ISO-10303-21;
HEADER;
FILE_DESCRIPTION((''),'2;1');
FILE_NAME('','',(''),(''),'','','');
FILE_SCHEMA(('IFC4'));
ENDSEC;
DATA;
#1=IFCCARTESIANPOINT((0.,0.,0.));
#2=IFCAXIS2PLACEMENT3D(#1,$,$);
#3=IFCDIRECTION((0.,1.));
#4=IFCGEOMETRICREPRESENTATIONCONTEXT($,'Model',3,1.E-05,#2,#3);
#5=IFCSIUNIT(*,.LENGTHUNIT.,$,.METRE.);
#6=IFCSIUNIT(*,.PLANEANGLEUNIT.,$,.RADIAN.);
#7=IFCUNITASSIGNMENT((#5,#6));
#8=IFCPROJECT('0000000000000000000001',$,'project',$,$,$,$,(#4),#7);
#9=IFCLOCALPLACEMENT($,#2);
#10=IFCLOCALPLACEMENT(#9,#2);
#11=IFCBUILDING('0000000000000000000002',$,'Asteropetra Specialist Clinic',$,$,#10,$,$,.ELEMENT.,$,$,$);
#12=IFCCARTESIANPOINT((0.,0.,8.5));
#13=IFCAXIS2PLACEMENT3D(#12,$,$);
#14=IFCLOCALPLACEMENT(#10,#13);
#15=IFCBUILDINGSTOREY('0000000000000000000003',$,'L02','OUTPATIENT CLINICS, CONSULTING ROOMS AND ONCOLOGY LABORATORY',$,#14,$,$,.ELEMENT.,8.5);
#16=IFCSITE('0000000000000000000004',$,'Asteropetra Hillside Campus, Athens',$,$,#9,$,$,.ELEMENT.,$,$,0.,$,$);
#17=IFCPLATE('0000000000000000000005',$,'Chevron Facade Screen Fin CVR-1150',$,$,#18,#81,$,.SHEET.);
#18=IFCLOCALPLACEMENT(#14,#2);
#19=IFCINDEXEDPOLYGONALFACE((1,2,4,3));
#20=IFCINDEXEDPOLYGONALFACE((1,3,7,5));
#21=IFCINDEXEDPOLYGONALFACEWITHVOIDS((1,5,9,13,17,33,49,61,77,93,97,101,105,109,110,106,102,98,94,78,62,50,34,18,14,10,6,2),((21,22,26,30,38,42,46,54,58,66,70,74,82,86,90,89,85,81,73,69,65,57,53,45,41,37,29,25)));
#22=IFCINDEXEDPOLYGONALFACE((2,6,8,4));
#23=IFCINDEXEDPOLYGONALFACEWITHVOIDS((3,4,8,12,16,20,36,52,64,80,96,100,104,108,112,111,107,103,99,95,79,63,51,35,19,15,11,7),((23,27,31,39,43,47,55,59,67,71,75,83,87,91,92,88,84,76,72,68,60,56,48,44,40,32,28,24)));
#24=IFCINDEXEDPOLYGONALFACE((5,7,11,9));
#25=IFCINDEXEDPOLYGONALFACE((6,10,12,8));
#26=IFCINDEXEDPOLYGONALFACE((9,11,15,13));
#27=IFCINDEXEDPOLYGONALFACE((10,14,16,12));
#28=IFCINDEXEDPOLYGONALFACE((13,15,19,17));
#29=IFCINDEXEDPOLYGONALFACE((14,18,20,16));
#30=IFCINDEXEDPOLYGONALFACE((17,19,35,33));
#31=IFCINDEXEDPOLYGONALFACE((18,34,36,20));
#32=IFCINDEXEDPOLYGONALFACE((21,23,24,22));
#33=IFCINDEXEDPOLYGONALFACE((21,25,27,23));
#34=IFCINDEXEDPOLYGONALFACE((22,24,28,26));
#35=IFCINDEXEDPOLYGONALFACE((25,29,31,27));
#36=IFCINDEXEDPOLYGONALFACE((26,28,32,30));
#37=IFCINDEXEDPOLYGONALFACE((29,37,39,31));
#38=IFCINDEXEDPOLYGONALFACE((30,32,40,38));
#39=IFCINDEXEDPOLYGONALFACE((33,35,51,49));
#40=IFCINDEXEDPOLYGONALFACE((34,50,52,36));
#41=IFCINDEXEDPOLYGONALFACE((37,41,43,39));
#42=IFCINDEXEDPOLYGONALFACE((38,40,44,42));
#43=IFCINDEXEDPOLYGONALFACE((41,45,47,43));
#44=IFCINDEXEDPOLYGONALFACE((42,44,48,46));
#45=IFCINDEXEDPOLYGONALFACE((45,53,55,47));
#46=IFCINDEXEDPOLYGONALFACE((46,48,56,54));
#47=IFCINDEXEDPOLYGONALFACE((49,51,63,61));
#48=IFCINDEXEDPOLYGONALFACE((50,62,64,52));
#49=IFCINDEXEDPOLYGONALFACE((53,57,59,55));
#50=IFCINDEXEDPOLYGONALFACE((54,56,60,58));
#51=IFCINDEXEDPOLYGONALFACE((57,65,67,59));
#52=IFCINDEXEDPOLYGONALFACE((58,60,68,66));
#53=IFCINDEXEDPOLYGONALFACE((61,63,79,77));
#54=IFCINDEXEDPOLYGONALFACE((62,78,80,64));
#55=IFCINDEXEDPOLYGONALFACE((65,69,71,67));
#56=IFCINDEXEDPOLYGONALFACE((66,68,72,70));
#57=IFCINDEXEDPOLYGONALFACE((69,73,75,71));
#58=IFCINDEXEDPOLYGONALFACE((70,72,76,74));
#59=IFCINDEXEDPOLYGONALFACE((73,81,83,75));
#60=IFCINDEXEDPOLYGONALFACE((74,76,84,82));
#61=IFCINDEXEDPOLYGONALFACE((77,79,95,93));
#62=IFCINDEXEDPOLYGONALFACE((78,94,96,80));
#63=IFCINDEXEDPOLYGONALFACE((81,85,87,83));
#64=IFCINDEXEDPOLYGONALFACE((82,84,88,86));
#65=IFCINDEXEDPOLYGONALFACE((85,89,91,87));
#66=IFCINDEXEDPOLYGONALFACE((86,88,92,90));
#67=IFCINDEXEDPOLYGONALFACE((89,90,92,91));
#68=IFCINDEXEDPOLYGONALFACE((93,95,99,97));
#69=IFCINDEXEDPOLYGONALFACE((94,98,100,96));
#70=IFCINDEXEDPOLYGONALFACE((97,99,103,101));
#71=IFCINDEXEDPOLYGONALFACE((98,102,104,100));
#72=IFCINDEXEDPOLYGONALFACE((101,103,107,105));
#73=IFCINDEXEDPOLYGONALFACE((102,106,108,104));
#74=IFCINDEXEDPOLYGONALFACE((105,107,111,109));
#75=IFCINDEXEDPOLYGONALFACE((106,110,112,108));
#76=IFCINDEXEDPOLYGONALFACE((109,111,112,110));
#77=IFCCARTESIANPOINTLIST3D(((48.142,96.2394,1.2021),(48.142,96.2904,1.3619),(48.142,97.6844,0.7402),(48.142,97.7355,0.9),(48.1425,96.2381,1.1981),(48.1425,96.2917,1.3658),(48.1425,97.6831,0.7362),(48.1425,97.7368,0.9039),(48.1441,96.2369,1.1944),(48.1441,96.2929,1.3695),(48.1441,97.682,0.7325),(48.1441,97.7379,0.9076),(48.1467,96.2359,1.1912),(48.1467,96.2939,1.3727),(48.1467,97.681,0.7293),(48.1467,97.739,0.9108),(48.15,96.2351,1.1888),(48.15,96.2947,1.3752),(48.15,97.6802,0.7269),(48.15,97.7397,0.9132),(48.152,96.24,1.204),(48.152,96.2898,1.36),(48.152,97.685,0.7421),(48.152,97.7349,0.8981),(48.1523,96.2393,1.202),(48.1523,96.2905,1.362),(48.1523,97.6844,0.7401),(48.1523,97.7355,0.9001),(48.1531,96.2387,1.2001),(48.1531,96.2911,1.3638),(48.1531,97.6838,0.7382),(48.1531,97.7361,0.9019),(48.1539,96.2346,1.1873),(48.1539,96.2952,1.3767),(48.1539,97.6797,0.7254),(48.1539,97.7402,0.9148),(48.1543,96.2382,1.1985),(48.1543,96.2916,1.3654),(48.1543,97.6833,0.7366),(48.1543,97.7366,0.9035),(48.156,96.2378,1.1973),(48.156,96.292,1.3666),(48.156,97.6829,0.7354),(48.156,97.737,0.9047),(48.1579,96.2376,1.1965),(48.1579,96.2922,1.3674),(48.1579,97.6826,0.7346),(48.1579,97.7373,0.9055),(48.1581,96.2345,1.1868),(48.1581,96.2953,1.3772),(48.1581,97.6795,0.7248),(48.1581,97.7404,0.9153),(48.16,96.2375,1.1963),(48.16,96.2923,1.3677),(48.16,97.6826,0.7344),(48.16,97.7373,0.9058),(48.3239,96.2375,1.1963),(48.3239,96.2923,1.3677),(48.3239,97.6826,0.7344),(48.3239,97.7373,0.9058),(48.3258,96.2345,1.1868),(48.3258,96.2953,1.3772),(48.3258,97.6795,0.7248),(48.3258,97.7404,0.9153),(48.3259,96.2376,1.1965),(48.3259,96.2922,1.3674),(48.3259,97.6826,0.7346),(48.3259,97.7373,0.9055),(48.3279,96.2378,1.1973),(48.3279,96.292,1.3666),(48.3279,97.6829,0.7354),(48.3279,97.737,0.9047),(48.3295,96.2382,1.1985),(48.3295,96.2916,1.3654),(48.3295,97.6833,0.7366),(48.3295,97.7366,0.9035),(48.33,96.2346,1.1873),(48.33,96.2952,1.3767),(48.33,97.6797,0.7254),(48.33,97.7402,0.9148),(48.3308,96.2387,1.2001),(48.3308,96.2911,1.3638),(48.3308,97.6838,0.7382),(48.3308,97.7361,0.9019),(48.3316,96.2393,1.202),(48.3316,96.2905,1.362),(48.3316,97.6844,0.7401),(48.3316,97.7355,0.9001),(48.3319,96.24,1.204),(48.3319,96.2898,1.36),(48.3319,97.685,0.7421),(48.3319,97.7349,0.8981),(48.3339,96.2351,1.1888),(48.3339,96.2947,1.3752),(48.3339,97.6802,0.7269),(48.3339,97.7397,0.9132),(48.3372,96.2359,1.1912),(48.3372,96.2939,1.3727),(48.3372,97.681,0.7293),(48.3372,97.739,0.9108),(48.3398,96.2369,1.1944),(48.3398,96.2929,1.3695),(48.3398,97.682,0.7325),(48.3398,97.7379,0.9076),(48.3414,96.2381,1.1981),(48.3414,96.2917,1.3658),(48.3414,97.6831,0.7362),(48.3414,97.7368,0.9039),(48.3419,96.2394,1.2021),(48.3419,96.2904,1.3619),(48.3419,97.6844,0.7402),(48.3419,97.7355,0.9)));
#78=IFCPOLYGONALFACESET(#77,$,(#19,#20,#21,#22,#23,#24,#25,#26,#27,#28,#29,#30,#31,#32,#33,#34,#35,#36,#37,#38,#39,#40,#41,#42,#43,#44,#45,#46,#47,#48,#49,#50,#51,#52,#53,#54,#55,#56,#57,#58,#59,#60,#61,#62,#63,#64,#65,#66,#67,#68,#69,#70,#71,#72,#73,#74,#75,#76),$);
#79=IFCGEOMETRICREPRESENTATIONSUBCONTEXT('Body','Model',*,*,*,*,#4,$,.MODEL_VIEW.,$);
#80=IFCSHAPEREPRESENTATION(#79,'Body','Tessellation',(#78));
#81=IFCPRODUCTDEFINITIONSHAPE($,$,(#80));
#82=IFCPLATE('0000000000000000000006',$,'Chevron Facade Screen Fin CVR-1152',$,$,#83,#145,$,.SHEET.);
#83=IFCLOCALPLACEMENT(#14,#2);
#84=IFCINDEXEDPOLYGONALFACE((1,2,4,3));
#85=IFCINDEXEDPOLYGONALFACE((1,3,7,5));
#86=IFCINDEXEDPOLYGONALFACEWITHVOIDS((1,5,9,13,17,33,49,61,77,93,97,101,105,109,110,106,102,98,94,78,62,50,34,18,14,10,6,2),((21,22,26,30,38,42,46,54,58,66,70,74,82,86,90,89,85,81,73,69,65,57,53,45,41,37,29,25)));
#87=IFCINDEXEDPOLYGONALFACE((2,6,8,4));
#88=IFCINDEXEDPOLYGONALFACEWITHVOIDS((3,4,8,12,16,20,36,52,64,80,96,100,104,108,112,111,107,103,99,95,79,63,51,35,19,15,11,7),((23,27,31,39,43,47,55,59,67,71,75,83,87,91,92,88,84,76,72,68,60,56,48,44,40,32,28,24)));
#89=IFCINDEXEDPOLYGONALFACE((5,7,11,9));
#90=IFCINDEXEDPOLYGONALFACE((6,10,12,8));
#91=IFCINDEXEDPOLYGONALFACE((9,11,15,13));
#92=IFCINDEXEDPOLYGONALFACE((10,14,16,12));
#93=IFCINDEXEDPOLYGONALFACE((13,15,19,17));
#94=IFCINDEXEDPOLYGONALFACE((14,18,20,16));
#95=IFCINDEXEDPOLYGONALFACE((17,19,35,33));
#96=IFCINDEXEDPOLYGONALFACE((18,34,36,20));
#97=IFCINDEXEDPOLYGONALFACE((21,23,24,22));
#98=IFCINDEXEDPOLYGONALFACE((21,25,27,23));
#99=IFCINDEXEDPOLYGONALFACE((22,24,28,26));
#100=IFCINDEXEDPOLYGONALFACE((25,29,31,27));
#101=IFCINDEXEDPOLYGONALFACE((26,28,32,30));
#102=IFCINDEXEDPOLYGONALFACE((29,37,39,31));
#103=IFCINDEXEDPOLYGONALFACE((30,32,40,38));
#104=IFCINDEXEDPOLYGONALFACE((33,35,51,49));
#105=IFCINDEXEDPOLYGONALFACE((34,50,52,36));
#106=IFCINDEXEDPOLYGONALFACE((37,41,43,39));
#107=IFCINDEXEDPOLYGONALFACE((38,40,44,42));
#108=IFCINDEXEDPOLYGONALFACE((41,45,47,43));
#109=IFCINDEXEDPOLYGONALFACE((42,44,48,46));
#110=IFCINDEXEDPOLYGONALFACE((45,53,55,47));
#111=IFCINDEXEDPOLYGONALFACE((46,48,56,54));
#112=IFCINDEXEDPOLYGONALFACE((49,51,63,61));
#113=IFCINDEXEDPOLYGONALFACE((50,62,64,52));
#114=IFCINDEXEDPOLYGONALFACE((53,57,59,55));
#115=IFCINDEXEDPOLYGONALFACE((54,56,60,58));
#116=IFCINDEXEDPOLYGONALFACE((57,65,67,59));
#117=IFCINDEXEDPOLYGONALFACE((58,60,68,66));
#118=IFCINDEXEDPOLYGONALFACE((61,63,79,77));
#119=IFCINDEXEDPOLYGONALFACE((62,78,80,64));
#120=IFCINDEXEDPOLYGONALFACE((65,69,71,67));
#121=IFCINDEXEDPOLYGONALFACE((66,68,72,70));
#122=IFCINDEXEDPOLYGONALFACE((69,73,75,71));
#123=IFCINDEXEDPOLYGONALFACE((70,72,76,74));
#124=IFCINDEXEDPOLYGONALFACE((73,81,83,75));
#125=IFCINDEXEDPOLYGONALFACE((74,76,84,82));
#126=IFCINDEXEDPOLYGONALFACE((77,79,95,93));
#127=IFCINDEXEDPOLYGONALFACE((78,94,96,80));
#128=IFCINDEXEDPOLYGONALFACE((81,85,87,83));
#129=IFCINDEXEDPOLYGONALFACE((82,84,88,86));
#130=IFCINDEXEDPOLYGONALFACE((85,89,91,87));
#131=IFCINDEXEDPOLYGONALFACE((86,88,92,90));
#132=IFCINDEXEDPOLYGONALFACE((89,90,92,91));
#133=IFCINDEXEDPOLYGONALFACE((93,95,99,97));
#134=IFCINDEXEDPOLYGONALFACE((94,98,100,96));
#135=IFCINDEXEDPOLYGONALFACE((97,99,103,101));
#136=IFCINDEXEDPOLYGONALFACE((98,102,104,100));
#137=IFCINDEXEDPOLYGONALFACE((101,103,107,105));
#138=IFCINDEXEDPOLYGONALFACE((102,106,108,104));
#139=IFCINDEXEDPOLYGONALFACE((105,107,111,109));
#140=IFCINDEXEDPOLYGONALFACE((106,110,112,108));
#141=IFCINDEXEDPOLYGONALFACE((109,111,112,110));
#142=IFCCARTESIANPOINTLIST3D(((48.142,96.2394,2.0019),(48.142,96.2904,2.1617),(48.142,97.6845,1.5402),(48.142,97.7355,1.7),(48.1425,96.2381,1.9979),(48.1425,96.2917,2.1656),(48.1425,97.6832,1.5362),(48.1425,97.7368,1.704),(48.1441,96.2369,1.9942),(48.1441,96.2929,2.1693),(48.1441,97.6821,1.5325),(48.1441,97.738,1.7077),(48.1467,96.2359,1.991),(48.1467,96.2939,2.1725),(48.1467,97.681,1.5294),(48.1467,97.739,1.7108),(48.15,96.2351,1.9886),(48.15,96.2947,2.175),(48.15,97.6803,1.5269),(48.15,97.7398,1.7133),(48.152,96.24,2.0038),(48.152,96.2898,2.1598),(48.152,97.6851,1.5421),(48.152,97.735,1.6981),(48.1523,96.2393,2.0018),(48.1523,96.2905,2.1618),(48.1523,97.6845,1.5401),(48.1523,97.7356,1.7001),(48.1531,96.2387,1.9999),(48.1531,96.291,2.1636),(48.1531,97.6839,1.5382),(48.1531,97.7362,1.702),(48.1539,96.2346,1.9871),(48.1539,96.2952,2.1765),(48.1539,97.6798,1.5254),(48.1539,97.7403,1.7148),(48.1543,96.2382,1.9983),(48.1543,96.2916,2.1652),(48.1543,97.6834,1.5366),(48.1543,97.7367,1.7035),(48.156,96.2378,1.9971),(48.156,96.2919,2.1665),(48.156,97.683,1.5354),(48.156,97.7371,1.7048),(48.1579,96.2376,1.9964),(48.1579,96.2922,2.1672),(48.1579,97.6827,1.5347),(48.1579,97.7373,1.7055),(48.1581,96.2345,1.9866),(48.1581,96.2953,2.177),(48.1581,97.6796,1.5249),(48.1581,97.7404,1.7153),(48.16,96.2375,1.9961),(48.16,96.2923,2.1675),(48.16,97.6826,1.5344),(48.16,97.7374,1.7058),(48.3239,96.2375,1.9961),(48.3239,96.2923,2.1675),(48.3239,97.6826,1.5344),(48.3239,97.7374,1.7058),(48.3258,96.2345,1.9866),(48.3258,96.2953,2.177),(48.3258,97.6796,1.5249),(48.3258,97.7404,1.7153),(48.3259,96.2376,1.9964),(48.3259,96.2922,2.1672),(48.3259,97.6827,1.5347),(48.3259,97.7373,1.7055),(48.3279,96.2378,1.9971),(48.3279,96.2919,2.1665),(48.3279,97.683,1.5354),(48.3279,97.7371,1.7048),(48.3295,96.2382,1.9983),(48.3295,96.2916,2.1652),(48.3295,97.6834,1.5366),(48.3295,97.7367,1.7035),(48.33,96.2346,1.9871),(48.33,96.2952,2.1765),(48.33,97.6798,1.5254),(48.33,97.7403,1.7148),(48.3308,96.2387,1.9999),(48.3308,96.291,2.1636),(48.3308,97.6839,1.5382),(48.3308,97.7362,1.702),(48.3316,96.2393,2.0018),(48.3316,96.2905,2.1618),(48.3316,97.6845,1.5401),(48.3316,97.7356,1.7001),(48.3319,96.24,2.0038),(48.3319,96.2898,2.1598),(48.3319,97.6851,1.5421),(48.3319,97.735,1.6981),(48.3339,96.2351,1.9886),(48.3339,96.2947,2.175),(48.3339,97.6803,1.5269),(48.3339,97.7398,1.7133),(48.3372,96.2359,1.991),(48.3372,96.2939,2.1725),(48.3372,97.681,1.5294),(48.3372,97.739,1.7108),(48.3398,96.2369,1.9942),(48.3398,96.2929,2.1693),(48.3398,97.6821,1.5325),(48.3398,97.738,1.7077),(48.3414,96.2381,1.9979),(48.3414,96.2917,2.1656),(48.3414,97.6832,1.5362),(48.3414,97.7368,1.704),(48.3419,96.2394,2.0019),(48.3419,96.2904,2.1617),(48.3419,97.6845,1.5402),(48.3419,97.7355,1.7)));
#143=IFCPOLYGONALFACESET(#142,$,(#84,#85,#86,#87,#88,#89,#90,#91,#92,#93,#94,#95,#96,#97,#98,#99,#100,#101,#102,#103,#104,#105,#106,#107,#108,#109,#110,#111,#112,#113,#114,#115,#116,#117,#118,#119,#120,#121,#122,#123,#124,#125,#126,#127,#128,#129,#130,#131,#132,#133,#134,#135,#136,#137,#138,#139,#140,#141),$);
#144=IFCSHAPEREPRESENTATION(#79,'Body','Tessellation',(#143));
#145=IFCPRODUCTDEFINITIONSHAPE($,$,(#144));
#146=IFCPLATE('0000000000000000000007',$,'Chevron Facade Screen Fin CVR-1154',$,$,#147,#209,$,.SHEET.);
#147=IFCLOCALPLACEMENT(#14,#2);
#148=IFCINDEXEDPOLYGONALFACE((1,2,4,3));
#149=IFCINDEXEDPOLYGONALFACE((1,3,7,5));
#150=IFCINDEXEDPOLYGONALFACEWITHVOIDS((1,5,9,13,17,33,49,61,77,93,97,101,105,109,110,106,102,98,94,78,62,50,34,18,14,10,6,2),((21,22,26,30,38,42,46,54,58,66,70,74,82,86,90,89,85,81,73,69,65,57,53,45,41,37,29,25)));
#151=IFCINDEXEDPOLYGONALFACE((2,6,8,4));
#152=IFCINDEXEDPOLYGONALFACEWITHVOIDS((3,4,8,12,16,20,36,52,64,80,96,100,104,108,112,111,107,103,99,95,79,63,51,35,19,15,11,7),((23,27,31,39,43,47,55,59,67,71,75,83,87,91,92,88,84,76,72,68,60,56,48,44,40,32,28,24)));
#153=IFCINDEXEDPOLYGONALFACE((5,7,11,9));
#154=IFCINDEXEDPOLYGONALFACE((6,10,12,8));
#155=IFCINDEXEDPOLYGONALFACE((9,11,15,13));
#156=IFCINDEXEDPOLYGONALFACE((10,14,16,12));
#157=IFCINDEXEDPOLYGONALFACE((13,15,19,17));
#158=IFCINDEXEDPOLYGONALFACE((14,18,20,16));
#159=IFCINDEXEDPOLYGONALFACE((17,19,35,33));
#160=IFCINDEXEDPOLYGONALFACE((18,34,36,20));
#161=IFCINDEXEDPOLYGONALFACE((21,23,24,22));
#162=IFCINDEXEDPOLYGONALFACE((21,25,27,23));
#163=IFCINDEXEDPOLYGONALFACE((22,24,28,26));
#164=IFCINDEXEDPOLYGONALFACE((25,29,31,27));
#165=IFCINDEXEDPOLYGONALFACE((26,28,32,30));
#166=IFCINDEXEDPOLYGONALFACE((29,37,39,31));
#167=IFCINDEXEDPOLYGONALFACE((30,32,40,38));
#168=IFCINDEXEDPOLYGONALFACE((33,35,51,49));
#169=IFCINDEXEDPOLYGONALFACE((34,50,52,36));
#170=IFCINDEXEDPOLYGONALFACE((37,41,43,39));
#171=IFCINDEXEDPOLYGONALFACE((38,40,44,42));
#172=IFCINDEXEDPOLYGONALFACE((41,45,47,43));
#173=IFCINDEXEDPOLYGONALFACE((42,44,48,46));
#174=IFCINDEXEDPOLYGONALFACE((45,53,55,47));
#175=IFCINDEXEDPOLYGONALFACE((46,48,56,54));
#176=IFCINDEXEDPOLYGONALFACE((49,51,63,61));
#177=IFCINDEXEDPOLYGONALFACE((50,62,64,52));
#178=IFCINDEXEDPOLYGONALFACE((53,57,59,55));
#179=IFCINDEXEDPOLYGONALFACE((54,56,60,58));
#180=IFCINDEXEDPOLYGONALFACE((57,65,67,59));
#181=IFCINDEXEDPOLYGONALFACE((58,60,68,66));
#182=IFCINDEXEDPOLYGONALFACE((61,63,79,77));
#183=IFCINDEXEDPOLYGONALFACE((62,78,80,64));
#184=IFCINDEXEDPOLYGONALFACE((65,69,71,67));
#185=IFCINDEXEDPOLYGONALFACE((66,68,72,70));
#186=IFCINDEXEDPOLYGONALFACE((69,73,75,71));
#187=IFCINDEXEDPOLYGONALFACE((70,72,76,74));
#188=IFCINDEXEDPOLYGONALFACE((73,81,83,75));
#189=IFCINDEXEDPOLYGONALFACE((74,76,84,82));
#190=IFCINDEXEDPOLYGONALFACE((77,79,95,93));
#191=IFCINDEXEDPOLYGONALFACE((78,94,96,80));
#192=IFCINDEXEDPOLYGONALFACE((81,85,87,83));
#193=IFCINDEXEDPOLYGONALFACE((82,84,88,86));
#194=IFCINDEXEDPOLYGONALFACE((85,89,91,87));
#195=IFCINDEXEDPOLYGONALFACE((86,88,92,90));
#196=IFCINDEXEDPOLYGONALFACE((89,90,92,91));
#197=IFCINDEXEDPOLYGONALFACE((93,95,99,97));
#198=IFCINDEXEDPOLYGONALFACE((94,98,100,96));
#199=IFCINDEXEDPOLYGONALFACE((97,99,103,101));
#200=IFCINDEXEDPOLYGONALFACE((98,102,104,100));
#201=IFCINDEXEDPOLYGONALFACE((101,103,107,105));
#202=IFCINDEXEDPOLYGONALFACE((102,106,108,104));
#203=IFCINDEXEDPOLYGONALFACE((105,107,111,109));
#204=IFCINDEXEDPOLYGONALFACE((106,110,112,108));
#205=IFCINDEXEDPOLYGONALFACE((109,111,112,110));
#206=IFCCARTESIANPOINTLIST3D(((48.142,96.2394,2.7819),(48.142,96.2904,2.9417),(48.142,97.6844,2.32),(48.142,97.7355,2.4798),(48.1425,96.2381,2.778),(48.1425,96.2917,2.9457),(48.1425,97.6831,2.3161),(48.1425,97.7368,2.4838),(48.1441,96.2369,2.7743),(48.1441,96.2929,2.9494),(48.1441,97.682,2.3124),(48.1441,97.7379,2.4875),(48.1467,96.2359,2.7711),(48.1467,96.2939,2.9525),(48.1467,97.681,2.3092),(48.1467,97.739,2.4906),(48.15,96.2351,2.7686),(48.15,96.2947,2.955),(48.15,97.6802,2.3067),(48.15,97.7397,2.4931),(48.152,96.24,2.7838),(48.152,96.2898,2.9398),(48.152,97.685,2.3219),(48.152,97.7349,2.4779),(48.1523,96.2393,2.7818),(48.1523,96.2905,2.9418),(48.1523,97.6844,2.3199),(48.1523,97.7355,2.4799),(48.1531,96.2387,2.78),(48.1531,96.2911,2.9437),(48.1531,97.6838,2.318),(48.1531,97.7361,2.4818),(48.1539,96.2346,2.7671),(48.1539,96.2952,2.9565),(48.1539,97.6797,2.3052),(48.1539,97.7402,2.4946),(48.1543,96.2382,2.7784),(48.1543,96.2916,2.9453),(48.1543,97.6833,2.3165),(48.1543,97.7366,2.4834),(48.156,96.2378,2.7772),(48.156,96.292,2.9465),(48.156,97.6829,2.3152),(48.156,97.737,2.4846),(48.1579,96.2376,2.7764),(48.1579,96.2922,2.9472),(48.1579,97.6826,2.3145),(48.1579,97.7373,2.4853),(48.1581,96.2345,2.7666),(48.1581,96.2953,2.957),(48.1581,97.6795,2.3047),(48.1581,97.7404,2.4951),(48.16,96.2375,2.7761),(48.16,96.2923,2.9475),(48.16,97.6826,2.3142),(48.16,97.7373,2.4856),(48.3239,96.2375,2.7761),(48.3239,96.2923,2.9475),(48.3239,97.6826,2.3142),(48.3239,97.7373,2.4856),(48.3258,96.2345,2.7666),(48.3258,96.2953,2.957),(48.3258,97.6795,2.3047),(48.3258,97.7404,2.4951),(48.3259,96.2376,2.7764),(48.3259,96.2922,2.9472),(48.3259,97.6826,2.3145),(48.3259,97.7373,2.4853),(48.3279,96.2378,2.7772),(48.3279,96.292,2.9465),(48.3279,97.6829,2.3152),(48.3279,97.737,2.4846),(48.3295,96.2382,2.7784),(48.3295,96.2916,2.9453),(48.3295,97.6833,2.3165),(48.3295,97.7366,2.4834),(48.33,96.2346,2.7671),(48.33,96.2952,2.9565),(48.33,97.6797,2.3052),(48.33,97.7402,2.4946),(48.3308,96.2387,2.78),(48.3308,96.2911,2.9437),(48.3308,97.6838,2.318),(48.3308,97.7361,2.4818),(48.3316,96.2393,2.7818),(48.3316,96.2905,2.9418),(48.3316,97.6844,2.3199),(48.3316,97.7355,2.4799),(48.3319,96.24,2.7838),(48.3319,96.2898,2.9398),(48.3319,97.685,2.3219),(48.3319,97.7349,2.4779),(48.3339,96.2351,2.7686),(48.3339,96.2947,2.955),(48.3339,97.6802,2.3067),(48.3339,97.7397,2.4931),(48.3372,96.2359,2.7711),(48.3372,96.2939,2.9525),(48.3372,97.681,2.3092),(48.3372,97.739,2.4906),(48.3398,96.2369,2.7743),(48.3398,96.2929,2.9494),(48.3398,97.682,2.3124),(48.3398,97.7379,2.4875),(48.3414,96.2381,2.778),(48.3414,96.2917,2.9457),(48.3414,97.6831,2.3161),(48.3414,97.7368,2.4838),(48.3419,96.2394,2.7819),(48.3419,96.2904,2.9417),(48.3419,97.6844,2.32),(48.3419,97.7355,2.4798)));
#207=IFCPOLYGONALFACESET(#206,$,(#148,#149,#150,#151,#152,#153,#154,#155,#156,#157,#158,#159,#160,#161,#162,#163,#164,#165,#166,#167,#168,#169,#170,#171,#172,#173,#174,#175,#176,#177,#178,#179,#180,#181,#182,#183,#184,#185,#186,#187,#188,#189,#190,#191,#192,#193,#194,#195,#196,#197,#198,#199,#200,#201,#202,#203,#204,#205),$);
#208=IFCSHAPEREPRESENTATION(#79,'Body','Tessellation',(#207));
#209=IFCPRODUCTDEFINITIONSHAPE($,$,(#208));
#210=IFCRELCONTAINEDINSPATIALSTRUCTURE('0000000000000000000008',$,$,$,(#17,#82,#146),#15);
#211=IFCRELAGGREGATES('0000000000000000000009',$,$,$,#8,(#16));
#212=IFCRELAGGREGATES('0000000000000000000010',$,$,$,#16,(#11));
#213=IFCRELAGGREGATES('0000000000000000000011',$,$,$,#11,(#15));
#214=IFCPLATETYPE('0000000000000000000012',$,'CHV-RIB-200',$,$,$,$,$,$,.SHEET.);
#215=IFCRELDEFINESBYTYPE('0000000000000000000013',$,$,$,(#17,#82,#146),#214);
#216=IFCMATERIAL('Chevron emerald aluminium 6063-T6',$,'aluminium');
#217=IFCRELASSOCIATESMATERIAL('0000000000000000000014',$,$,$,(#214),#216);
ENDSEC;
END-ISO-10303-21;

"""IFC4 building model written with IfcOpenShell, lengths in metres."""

from ifc_helpers import new_model, si_unit, direction, frame, origin, origin_2d, place, context, subcontext, project, spatial, hollow_rectangle, extrude, material, material_profile, profile_set, type_object, element, save


model = new_model("IFC4")

# Units and contexts
model_context = context("Model", 3, precision=1e-05, world=origin(), true_north=direction((0.0, 1.0)))
body_context = subcontext(model_context, "Body", "Model", "MODEL_VIEW")
ifc_project = project(units=[si_unit("LENGTHUNIT", "METRE"), si_unit("PLANEANGLEUNIT", "RADIAN")], contexts=[model_context])

# Site, building, storey
site_placement = place(None, origin())
site = spatial("IfcSite", under=ifc_project, at=site_placement, Name="Asteropetra Hillside Campus, Athens", CompositionType="ELEMENT", RefElevation=0.0)
building_placement = place(site_placement, origin())
building = spatial("IfcBuilding", under=site, at=building_placement, Name="Asteropetra Specialist Clinic", CompositionType="ELEMENT")
storey_placement = place(building_placement, frame((0.0, 0.0, 8.5)))
storey = spatial("IfcBuildingStorey", under=building, at=storey_placement, Name="L02", Description="OUTPATIENT CLINICS, CONSULTING ROOMS AND ONCOLOGY LABORATORY", CompositionType="ELEMENT", Elevation=8.5)

# Plates
ifc_material_1 = material(Name="Chevron emerald aluminium 6063-T6", Category="aluminium")
ifc_material_profile_1 = material_profile(ifc_material_1, hollow_rectangle(XDim=0.2, YDim=0.2, WallThickness=0.01, InnerFilletRadius=0.0081, OuterFilletRadius=0.0161, at=origin_2d()), Name="SHS 200x200x10.0")
ifc_profile_set_1 = profile_set([ifc_material_profile_1], Name="Chevron emerald aluminium 6063-T6")
plate_type_1 = type_object("IfcPlateType", Name="CHV-RIB-200", PredefinedType="SHEET", material=ifc_profile_set_1)
for number, where, z_axis, x_axis, name in (
    (1, (48.2419, 96.2649, 1.282), (0.0, 0.952521, -0.304472), (-1.0, 0.0, 0.0), "Chevron Facade Screen Fin CVR-1150"),
    (2, (48.2419, 96.2649, 2.0818), (0.0, 0.952568, -0.304326), (-1.0, 0.0, 0.0), "Chevron Facade Screen Fin CVR-1152"),
    (3, (48.2419, 96.2649, 2.8618), (0.0, 0.952521, -0.304472), (-1.0, 0.0, 0.0), "Chevron Facade Screen Fin CVR-1154"),
):
    element("IfcPlate", number, at=place(storey_placement, frame(where, z_axis=z_axis, x_axis=x_axis)), inside=storey, type_object=plate_type_1, Name=name, PredefinedType="SHEET", context=body_context, shape_type="SweptSolid", body=[
        extrude(hollow_rectangle(XDim=0.2, YDim=0.2, WallThickness=0.01, InnerFilletRadius=0.0081, OuterFilletRadius=0.0161, at=origin_2d()), origin(), (0.0, 0.0, 1.0), 1.5171),
    ])

save(model, "model.ifc")
